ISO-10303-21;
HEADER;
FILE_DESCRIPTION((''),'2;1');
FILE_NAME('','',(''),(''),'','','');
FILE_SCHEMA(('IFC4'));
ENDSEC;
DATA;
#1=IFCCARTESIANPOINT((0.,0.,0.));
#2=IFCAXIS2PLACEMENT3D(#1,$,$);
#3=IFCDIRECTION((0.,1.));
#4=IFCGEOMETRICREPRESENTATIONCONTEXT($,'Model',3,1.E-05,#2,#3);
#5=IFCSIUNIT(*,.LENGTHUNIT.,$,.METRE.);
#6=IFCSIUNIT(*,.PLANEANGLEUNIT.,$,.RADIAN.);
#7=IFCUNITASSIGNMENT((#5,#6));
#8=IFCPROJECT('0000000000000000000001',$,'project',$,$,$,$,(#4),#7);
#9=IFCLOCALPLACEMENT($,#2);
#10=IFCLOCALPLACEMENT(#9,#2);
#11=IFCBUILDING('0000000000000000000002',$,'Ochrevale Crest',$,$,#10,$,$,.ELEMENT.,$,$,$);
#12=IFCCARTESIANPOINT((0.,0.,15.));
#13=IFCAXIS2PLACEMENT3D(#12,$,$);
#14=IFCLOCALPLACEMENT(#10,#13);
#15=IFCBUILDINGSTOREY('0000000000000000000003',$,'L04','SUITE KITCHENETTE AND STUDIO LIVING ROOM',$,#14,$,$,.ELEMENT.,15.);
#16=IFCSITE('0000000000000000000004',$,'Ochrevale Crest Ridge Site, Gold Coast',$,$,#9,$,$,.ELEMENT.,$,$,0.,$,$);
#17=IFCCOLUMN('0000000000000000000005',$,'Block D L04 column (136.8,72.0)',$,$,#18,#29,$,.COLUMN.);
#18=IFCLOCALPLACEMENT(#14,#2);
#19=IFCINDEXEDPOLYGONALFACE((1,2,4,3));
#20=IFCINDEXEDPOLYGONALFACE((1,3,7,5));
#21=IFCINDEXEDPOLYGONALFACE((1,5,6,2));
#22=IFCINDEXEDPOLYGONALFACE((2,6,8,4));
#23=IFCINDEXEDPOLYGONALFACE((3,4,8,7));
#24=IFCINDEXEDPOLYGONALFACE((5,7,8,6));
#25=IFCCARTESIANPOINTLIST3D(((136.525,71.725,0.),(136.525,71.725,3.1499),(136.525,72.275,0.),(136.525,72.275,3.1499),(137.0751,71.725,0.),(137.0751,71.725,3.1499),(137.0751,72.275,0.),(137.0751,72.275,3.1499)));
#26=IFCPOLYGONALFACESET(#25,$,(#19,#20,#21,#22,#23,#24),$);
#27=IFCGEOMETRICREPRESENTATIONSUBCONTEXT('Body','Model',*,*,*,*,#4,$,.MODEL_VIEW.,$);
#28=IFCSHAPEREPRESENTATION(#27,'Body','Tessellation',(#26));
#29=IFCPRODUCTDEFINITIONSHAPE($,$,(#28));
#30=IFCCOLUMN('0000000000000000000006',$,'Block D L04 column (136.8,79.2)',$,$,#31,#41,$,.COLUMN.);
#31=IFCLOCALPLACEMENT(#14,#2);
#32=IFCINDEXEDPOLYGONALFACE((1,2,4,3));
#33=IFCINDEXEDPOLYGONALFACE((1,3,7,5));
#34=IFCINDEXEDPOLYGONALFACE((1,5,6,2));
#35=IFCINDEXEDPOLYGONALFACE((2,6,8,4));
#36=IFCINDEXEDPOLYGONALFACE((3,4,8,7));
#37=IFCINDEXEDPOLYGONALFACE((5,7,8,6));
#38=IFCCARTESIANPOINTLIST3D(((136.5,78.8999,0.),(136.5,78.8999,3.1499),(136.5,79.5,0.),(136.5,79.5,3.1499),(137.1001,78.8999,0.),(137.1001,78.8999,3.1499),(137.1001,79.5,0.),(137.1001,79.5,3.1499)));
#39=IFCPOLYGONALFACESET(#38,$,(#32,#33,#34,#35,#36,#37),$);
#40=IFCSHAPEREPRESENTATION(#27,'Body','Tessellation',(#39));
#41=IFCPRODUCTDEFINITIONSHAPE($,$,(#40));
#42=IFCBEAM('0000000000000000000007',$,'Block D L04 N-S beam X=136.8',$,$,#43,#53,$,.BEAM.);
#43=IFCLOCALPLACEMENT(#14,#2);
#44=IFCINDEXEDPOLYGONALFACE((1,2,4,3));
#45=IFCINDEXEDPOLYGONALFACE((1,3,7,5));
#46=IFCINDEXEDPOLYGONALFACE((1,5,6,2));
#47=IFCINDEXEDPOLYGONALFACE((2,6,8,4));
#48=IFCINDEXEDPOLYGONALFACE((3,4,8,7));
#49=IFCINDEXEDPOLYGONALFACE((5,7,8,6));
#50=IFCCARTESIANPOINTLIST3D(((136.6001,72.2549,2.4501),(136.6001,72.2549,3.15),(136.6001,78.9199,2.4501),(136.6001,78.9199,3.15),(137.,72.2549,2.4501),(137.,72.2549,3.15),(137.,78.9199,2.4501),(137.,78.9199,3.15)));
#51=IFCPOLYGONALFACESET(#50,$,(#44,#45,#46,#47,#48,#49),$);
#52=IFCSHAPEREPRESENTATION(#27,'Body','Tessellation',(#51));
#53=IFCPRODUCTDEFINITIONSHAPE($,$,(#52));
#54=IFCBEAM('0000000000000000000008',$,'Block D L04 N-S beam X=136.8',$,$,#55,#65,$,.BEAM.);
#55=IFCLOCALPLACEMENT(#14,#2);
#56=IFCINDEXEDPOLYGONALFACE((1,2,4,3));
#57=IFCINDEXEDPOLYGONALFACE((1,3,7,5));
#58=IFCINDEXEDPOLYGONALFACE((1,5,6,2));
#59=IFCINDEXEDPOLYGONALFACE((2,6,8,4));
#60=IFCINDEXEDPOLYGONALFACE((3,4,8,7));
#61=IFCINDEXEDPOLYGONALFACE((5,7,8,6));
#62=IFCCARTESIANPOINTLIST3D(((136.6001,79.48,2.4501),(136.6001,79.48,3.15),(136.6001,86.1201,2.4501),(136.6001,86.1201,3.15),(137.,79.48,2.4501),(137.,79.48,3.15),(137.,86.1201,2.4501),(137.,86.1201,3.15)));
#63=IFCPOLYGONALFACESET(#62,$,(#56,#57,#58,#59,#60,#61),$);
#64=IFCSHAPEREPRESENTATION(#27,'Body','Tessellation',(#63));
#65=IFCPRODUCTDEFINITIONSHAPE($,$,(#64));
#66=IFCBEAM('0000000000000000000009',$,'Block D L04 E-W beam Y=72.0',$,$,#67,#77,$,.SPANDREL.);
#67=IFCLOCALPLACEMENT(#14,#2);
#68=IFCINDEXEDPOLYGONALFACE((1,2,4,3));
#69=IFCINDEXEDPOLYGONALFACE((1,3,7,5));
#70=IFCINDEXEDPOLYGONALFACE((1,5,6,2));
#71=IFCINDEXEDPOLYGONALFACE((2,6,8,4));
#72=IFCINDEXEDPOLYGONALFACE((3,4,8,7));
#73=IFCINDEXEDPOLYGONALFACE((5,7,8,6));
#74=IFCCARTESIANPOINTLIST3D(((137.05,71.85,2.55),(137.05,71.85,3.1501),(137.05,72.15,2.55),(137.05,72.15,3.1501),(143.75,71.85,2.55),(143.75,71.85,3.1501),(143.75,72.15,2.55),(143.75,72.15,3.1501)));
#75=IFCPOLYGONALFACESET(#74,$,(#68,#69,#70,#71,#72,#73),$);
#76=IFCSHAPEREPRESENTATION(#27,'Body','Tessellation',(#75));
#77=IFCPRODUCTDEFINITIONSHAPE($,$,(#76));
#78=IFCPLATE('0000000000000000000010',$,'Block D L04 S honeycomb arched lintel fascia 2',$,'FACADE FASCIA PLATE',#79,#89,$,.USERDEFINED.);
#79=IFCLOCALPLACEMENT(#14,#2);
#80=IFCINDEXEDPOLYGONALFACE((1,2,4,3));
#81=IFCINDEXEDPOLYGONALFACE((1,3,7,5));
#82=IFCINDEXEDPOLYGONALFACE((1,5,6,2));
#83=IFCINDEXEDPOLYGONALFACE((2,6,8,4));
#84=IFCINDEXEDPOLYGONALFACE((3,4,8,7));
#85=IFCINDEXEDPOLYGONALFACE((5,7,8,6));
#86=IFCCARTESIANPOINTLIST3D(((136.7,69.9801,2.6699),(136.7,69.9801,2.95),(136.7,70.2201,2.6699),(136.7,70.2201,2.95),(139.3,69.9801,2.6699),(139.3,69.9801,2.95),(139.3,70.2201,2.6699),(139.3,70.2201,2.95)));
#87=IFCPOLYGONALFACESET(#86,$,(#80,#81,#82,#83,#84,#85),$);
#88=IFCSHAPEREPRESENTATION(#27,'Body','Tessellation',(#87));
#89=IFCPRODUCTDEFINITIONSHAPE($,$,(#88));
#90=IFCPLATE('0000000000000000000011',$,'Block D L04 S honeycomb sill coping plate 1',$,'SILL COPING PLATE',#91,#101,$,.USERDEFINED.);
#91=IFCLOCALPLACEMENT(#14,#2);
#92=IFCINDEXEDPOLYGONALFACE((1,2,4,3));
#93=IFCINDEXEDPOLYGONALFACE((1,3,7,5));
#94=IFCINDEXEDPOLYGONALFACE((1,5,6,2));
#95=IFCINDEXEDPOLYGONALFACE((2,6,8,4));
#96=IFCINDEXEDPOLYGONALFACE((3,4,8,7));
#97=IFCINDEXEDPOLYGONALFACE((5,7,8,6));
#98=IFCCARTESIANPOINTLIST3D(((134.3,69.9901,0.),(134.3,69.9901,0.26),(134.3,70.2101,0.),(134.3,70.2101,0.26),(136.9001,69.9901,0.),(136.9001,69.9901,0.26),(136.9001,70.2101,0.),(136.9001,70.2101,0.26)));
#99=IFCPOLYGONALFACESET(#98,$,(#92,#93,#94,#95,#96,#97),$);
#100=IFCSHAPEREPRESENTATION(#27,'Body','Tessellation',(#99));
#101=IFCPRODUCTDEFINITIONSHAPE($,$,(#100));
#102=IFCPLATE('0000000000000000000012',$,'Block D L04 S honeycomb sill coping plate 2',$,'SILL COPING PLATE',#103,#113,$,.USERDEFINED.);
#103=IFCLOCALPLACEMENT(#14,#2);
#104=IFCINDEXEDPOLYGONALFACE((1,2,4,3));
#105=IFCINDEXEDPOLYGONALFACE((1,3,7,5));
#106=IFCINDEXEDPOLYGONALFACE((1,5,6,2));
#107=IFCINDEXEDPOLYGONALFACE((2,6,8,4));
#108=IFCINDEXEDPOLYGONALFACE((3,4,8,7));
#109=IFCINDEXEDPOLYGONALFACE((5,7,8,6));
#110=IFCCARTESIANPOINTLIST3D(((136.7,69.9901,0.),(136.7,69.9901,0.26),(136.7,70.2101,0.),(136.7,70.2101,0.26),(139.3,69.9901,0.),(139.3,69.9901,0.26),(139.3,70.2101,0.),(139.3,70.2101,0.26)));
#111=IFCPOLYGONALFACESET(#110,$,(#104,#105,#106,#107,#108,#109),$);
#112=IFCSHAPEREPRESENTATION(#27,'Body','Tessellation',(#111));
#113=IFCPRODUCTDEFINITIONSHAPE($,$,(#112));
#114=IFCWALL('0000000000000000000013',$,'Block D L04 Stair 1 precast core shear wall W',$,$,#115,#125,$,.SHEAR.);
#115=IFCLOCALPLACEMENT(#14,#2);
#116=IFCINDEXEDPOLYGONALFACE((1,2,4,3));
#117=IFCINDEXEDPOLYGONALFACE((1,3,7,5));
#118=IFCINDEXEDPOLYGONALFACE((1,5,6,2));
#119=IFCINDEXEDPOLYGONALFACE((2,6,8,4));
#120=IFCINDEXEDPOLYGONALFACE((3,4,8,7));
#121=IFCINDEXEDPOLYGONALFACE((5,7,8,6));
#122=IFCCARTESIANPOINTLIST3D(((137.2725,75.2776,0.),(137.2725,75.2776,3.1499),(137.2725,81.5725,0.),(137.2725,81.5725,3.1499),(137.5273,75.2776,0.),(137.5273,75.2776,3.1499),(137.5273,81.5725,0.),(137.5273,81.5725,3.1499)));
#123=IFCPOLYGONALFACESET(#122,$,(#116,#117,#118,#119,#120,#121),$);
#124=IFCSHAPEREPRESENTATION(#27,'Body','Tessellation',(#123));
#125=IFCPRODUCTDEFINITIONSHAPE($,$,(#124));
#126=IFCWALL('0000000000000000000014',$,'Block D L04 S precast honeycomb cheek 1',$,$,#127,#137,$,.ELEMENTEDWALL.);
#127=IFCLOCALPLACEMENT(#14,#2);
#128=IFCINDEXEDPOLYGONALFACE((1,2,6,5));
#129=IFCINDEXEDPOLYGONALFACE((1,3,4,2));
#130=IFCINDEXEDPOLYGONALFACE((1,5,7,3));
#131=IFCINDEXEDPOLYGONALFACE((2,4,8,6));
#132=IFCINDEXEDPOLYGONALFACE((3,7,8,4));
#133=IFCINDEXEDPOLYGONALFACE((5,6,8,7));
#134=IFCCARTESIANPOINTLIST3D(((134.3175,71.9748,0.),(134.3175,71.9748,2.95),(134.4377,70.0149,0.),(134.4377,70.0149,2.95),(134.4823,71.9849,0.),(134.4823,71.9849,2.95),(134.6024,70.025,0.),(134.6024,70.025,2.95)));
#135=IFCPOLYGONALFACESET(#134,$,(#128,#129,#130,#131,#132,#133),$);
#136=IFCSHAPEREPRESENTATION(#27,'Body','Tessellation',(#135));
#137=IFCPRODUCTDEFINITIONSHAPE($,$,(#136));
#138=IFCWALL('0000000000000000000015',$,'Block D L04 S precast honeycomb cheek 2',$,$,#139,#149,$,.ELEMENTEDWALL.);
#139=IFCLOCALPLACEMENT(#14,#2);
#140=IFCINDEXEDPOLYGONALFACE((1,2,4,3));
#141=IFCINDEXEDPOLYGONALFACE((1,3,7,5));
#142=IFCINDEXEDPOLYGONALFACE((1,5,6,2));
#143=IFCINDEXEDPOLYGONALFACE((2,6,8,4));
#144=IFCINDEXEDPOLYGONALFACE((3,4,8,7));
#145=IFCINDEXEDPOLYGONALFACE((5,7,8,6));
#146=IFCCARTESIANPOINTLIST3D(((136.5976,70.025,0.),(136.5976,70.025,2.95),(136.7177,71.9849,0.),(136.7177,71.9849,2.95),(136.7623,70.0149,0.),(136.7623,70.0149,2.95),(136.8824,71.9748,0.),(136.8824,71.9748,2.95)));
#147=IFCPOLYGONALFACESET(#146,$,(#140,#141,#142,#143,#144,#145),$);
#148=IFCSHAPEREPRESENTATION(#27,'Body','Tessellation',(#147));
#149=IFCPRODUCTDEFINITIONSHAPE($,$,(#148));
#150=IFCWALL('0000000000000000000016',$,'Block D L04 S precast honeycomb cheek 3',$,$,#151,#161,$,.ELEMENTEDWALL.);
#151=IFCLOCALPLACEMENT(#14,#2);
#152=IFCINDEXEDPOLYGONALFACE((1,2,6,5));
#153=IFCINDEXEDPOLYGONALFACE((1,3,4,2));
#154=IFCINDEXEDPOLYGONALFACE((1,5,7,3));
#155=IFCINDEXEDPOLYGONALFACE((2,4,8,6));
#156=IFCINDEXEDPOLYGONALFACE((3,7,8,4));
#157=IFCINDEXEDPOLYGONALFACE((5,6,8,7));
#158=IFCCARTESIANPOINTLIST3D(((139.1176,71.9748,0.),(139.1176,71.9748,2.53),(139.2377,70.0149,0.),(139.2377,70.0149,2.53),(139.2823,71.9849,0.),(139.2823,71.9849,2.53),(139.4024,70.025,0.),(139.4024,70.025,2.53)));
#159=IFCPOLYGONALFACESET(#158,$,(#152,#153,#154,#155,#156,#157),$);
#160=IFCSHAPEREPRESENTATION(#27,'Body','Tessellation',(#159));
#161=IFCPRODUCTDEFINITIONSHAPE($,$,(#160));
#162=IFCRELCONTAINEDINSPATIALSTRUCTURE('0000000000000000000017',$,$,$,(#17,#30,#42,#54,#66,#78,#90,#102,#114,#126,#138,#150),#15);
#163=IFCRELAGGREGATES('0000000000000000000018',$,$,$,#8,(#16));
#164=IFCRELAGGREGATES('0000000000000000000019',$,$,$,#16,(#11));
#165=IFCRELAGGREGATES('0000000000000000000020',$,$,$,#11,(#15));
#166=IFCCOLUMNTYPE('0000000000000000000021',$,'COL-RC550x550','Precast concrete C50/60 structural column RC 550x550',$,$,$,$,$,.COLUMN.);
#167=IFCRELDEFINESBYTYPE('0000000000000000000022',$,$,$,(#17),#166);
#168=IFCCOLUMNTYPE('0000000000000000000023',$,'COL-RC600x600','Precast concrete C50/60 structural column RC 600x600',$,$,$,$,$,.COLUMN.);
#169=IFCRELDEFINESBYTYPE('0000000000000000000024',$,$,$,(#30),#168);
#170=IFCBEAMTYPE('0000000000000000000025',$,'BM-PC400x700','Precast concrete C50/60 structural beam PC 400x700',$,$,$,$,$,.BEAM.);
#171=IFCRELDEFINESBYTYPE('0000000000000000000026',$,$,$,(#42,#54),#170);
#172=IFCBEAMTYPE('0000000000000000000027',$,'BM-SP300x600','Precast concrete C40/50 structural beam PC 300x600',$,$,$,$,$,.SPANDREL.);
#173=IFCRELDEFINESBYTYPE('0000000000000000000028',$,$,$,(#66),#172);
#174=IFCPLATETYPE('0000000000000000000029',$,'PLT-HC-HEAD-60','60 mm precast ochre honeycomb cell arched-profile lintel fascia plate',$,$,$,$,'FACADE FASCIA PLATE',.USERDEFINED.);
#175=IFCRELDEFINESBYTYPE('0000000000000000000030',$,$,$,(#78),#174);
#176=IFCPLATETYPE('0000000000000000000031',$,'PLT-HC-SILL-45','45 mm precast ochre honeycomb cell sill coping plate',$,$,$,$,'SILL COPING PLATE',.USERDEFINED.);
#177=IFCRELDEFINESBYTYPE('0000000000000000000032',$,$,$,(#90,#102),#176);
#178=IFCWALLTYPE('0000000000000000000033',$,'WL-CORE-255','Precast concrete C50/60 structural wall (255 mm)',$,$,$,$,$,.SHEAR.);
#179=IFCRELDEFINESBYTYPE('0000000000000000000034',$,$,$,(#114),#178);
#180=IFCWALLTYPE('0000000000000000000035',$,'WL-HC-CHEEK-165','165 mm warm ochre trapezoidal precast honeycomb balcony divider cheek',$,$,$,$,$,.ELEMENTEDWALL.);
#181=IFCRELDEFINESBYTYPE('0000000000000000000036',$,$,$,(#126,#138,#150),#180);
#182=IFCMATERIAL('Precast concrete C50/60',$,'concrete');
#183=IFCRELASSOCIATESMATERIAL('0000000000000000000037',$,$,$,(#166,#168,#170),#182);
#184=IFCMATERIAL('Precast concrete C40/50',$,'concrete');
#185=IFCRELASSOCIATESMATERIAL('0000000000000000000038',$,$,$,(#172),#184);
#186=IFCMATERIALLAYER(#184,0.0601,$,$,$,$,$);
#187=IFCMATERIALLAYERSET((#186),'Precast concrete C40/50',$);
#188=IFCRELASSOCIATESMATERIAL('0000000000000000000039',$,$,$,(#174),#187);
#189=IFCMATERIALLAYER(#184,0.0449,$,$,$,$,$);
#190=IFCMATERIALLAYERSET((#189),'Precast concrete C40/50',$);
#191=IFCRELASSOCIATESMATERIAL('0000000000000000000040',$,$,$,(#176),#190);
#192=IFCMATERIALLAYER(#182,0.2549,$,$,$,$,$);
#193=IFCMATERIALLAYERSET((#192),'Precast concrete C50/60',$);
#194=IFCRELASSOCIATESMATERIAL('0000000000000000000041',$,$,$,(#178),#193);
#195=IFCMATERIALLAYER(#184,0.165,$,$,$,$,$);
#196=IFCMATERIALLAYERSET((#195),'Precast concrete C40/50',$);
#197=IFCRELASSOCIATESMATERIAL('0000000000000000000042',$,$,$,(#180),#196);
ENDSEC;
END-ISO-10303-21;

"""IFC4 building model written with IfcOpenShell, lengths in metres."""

from ifc_helpers import new_model, si_unit, direction, frame, frame_2d, origin, origin_2d, place, context, subcontext, project, spatial, rectangle, extrude, material, layer, layer_set, material_profile, profile_set, type_object, element, save


model = new_model("IFC4")

# Units and contexts
model_context = context("Model", 3, precision=1e-05, world=origin(), true_north=direction((0.0, 1.0)))
body_context = subcontext(model_context, "Body", "Model", "MODEL_VIEW")
ifc_project = project(units=[si_unit("LENGTHUNIT", "METRE"), si_unit("PLANEANGLEUNIT", "RADIAN")], contexts=[model_context])

# Site, building, storey
site_placement = place(None, origin())
site = spatial("IfcSite", under=ifc_project, at=site_placement, Name="Ochrevale Crest Ridge Site, Gold Coast", CompositionType="ELEMENT", RefElevation=0.0)
building_placement = place(site_placement, origin())
building = spatial("IfcBuilding", under=site, at=building_placement, Name="Ochrevale Crest", CompositionType="ELEMENT")
storey_placement = place(building_placement, frame((0.0, 0.0, 15.0)))
storey = spatial("IfcBuildingStorey", under=building, at=storey_placement, Name="L04", Description="SUITE KITCHENETTE AND STUDIO LIVING ROOM", CompositionType="ELEMENT", Elevation=15.0)

# Columns
ifc_material_1 = material(Name="Precast concrete C50/60", Category="concrete")
ifc_material_profile_1 = material_profile(ifc_material_1, rectangle(XDim=0.55, YDim=0.55, at=origin_2d()), Name="RC 550x550")
ifc_profile_set_1 = profile_set([ifc_material_profile_1], Name="Precast concrete C50/60")
column_type_1 = type_object("IfcColumnType", Name="COL-RC550x550", Description="Precast concrete C50/60 structural column RC 550x550", PredefinedType="COLUMN", material=ifc_profile_set_1)
column_1_placement = place(storey_placement, frame((136.8, 72.0, 0.0), z_axis=(0.0, 0.0, 1.0), x_axis=(1.0, 0.0, 0.0)))
element("IfcColumn", 1, at=column_1_placement, inside=storey, type_object=column_type_1, Name="Block D L04 column (136.8,72.0)", PredefinedType="COLUMN", context=body_context, shape_type="SweptSolid", body=[
    extrude(rectangle(XDim=0.55, YDim=0.55, at=origin_2d()), origin(), (0.0, 0.0, 1.0), 3.1499),
])
ifc_material_profile_2 = material_profile(ifc_material_1, rectangle(XDim=0.6001, YDim=0.6001, at=origin_2d()), Name="RC 600x600")
ifc_profile_set_2 = profile_set([ifc_material_profile_2], Name="Precast concrete C50/60")
column_type_2 = type_object("IfcColumnType", Name="COL-RC600x600", Description="Precast concrete C50/60 structural column RC 600x600", PredefinedType="COLUMN", material=ifc_profile_set_2)
column_2_placement = place(storey_placement, frame((136.8, 79.2, 0.0), z_axis=(0.0, 0.0, 1.0), x_axis=(1.0, 0.0, 0.0)))
element("IfcColumn", 2, at=column_2_placement, inside=storey, type_object=column_type_2, Name="Block D L04 column (136.8,79.2)", PredefinedType="COLUMN", context=body_context, shape_type="SweptSolid", body=[
    extrude(rectangle(XDim=0.6001, YDim=0.6001, at=origin_2d()), origin(), (0.0, 0.0, 1.0), 3.1499),
])

# Beams
ifc_material_profile_3 = material_profile(ifc_material_1, rectangle(XDim=0.3999, YDim=0.7, at=origin_2d()), Name="PC 400x700")
ifc_profile_set_3 = profile_set([ifc_material_profile_3], Name="Precast concrete C50/60")
beam_type_1 = type_object("IfcBeamType", Name="BM-PC400x700", Description="Precast concrete C50/60 structural beam PC 400x700", PredefinedType="BEAM", material=ifc_profile_set_3)
beam_1_placement = place(storey_placement, frame((136.8, 72.2549, 2.8), z_axis=(0.0, 1.0, 0.0), x_axis=(-1.0, 0.0, 0.0)))
element("IfcBeam", 3, at=beam_1_placement, inside=storey, type_object=beam_type_1, Name="Block D L04 N-S beam X=136.8", PredefinedType="BEAM", context=body_context, shape_type="SweptSolid", body=[
    extrude(rectangle(XDim=0.3999, YDim=0.7, at=origin_2d()), origin(), (0.0, 0.0, 1.0), 6.665),
])
beam_2_placement = place(storey_placement, frame((136.8, 79.48, 2.8), z_axis=(0.0, 1.0, 0.0), x_axis=(-1.0, 0.0, 0.0)))
element("IfcBeam", 4, at=beam_2_placement, inside=storey, type_object=beam_type_1, Name="Block D L04 N-S beam X=136.8", PredefinedType="BEAM", context=body_context, shape_type="SweptSolid", body=[
    extrude(rectangle(XDim=0.3999, YDim=0.7, at=origin_2d()), origin(), (0.0, 0.0, 1.0), 6.6401),
])
ifc_material_2 = material(Name="Precast concrete C40/50", Category="concrete")
ifc_material_profile_4 = material_profile(ifc_material_2, rectangle(XDim=0.3, YDim=0.6001, at=origin_2d()), Name="PC 300x600")
ifc_profile_set_4 = profile_set([ifc_material_profile_4], Name="Precast concrete C40/50")
beam_type_2 = type_object("IfcBeamType", Name="BM-SP300x600", Description="Precast concrete C40/50 structural beam PC 300x600", PredefinedType="SPANDREL", material=ifc_profile_set_4)
beam_3_placement = place(storey_placement, frame((137.05, 72.0, 2.8501), z_axis=(1.0, 0.0, 0.0), x_axis=(0.0, 1.0, 0.0)))
element("IfcBeam", 5, at=beam_3_placement, inside=storey, type_object=beam_type_2, Name="Block D L04 E-W beam Y=72.0", PredefinedType="SPANDREL", context=body_context, shape_type="SweptSolid", body=[
    extrude(rectangle(XDim=0.3, YDim=0.6001, at=origin_2d()), origin(), (0.0, 0.0, 1.0), 6.7),
])

# Plates
ifc_layer_1 = layer(ifc_material_2, 0.0601)
ifc_layer_set_1 = layer_set([ifc_layer_1], Name="Precast concrete C40/50")
plate_type_1 = type_object("IfcPlateType", Name="PLT-HC-HEAD-60", Description="60 mm precast ochre honeycomb cell arched-profile lintel fascia plate", ElementType="FACADE FASCIA PLATE", PredefinedType="USERDEFINED", material=ifc_layer_set_1)
plate_placement = place(storey_placement, frame((138.0, 70.1001, 2.6699), z_axis=(0.0, 0.0, 1.0), x_axis=(1.0, 0.0, 0.0)))
element("IfcPlate", 6, at=plate_placement, inside=storey, type_object=plate_type_1, Name="Block D L04 S honeycomb arched lintel fascia 2", ObjectType="FACADE FASCIA PLATE", PredefinedType="USERDEFINED", context=body_context, shape_type="SweptSolid", body=[
    extrude(rectangle(XDim=2.6001, YDim=0.24, at=origin_2d()), origin(), (0.0, 0.0, 1.0), 0.28),
])
ifc_layer_2 = layer(ifc_material_2, 0.0449)
ifc_layer_set_2 = layer_set([ifc_layer_2], Name="Precast concrete C40/50")
plate_type_2 = type_object("IfcPlateType", Name="PLT-HC-SILL-45", Description="45 mm precast ochre honeycomb cell sill coping plate", ElementType="SILL COPING PLATE", PredefinedType="USERDEFINED", material=ifc_layer_set_2)
for number, where, z_axis, x_axis, name in (
    (7, (135.6001, 70.1001, 0.0), (0.0, 0.0, 1.0), (1.0, 0.0, 0.0), "Block D L04 S honeycomb sill coping plate 1"),
    (8, (138.0, 70.1001, 0.0), (0.0, 0.0, 1.0), (1.0, 0.0, 0.0), "Block D L04 S honeycomb sill coping plate 2"),
):
    element("IfcPlate", number, at=place(storey_placement, frame(where, z_axis=z_axis, x_axis=x_axis)), inside=storey, type_object=plate_type_2, Name=name, ObjectType="SILL COPING PLATE", PredefinedType="USERDEFINED", context=body_context, shape_type="SweptSolid", body=[
        extrude(rectangle(XDim=2.6001, YDim=0.22, at=origin_2d()), origin(), (0.0, 0.0, 1.0), 0.26),
    ])

# Walls
ifc_layer_3 = layer(ifc_material_1, 0.2549)
ifc_layer_set_3 = layer_set([ifc_layer_3], Name="Precast concrete C50/60")
wall_type_1 = type_object("IfcWallType", Name="WL-CORE-255", Description="Precast concrete C50/60 structural wall (255 mm)", PredefinedType="SHEAR", material=ifc_layer_set_3)
wall_1_placement = place(storey_placement, frame((137.3999, 75.2776, 0.0), z_axis=(0.0, 0.0, 1.0), x_axis=(0.0, 1.0, 0.0)))
element("IfcWall", 9, at=wall_1_placement, inside=storey, type_object=wall_type_1, Name="Block D L04 Stair 1 precast core shear wall W", PredefinedType="SHEAR", context=body_context, shape_type="SweptSolid", body=[
    extrude(rectangle(XDim=6.2949, YDim=0.2549, at=frame_2d((3.1475, 0.0))), origin(), (0.0, 0.0, 1.0), 3.1499),
])
ifc_layer_4 = layer(ifc_material_2, 0.165)
ifc_layer_set_4 = layer_set([ifc_layer_4], Name="Precast concrete C40/50")
wall_type_2 = type_object("IfcWallType", Name="WL-HC-CHEEK-165", Description="165 mm warm ochre trapezoidal precast honeycomb balcony divider cheek", PredefinedType="ELEMENTEDWALL", material=ifc_layer_set_4)
for number, where, z_axis, x_axis, name in (
    (10, (134.3999, 71.98, 0.0), (0.0, 0.0, 1.0), (0.061171, -0.998127, 0.0), "Block D L04 S precast honeycomb cheek 1"),
    (11, (136.8, 71.98, 0.0), (0.0, 0.0, 1.0), (-0.061171, -0.998127, 0.0), "Block D L04 S precast honeycomb cheek 2"),
):
    element("IfcWall", number, at=place(storey_placement, frame(where, z_axis=z_axis, x_axis=x_axis)), inside=storey, type_object=wall_type_2, Name=name, PredefinedType="ELEMENTEDWALL", context=body_context, shape_type="SweptSolid", body=[
        extrude(rectangle(XDim=1.9636, YDim=0.165, at=frame_2d((0.9819, 0.0))), origin(), (0.0, 0.0, 1.0), 2.95),
    ])
wall_2_placement = place(storey_placement, frame((139.2, 71.98, 0.0), z_axis=(0.0, 0.0, 1.0), x_axis=(0.061171, -0.998127, 0.0)))
element("IfcWall", 12, at=wall_2_placement, inside=storey, type_object=wall_type_2, Name="Block D L04 S precast honeycomb cheek 3", PredefinedType="ELEMENTEDWALL", context=body_context, shape_type="SweptSolid", body=[
    extrude(rectangle(XDim=1.9636, YDim=0.165, at=frame_2d((0.9819, 0.0))), origin(), (0.0, 0.0, 1.0), 2.53),
])

save(model, "model.ifc")
